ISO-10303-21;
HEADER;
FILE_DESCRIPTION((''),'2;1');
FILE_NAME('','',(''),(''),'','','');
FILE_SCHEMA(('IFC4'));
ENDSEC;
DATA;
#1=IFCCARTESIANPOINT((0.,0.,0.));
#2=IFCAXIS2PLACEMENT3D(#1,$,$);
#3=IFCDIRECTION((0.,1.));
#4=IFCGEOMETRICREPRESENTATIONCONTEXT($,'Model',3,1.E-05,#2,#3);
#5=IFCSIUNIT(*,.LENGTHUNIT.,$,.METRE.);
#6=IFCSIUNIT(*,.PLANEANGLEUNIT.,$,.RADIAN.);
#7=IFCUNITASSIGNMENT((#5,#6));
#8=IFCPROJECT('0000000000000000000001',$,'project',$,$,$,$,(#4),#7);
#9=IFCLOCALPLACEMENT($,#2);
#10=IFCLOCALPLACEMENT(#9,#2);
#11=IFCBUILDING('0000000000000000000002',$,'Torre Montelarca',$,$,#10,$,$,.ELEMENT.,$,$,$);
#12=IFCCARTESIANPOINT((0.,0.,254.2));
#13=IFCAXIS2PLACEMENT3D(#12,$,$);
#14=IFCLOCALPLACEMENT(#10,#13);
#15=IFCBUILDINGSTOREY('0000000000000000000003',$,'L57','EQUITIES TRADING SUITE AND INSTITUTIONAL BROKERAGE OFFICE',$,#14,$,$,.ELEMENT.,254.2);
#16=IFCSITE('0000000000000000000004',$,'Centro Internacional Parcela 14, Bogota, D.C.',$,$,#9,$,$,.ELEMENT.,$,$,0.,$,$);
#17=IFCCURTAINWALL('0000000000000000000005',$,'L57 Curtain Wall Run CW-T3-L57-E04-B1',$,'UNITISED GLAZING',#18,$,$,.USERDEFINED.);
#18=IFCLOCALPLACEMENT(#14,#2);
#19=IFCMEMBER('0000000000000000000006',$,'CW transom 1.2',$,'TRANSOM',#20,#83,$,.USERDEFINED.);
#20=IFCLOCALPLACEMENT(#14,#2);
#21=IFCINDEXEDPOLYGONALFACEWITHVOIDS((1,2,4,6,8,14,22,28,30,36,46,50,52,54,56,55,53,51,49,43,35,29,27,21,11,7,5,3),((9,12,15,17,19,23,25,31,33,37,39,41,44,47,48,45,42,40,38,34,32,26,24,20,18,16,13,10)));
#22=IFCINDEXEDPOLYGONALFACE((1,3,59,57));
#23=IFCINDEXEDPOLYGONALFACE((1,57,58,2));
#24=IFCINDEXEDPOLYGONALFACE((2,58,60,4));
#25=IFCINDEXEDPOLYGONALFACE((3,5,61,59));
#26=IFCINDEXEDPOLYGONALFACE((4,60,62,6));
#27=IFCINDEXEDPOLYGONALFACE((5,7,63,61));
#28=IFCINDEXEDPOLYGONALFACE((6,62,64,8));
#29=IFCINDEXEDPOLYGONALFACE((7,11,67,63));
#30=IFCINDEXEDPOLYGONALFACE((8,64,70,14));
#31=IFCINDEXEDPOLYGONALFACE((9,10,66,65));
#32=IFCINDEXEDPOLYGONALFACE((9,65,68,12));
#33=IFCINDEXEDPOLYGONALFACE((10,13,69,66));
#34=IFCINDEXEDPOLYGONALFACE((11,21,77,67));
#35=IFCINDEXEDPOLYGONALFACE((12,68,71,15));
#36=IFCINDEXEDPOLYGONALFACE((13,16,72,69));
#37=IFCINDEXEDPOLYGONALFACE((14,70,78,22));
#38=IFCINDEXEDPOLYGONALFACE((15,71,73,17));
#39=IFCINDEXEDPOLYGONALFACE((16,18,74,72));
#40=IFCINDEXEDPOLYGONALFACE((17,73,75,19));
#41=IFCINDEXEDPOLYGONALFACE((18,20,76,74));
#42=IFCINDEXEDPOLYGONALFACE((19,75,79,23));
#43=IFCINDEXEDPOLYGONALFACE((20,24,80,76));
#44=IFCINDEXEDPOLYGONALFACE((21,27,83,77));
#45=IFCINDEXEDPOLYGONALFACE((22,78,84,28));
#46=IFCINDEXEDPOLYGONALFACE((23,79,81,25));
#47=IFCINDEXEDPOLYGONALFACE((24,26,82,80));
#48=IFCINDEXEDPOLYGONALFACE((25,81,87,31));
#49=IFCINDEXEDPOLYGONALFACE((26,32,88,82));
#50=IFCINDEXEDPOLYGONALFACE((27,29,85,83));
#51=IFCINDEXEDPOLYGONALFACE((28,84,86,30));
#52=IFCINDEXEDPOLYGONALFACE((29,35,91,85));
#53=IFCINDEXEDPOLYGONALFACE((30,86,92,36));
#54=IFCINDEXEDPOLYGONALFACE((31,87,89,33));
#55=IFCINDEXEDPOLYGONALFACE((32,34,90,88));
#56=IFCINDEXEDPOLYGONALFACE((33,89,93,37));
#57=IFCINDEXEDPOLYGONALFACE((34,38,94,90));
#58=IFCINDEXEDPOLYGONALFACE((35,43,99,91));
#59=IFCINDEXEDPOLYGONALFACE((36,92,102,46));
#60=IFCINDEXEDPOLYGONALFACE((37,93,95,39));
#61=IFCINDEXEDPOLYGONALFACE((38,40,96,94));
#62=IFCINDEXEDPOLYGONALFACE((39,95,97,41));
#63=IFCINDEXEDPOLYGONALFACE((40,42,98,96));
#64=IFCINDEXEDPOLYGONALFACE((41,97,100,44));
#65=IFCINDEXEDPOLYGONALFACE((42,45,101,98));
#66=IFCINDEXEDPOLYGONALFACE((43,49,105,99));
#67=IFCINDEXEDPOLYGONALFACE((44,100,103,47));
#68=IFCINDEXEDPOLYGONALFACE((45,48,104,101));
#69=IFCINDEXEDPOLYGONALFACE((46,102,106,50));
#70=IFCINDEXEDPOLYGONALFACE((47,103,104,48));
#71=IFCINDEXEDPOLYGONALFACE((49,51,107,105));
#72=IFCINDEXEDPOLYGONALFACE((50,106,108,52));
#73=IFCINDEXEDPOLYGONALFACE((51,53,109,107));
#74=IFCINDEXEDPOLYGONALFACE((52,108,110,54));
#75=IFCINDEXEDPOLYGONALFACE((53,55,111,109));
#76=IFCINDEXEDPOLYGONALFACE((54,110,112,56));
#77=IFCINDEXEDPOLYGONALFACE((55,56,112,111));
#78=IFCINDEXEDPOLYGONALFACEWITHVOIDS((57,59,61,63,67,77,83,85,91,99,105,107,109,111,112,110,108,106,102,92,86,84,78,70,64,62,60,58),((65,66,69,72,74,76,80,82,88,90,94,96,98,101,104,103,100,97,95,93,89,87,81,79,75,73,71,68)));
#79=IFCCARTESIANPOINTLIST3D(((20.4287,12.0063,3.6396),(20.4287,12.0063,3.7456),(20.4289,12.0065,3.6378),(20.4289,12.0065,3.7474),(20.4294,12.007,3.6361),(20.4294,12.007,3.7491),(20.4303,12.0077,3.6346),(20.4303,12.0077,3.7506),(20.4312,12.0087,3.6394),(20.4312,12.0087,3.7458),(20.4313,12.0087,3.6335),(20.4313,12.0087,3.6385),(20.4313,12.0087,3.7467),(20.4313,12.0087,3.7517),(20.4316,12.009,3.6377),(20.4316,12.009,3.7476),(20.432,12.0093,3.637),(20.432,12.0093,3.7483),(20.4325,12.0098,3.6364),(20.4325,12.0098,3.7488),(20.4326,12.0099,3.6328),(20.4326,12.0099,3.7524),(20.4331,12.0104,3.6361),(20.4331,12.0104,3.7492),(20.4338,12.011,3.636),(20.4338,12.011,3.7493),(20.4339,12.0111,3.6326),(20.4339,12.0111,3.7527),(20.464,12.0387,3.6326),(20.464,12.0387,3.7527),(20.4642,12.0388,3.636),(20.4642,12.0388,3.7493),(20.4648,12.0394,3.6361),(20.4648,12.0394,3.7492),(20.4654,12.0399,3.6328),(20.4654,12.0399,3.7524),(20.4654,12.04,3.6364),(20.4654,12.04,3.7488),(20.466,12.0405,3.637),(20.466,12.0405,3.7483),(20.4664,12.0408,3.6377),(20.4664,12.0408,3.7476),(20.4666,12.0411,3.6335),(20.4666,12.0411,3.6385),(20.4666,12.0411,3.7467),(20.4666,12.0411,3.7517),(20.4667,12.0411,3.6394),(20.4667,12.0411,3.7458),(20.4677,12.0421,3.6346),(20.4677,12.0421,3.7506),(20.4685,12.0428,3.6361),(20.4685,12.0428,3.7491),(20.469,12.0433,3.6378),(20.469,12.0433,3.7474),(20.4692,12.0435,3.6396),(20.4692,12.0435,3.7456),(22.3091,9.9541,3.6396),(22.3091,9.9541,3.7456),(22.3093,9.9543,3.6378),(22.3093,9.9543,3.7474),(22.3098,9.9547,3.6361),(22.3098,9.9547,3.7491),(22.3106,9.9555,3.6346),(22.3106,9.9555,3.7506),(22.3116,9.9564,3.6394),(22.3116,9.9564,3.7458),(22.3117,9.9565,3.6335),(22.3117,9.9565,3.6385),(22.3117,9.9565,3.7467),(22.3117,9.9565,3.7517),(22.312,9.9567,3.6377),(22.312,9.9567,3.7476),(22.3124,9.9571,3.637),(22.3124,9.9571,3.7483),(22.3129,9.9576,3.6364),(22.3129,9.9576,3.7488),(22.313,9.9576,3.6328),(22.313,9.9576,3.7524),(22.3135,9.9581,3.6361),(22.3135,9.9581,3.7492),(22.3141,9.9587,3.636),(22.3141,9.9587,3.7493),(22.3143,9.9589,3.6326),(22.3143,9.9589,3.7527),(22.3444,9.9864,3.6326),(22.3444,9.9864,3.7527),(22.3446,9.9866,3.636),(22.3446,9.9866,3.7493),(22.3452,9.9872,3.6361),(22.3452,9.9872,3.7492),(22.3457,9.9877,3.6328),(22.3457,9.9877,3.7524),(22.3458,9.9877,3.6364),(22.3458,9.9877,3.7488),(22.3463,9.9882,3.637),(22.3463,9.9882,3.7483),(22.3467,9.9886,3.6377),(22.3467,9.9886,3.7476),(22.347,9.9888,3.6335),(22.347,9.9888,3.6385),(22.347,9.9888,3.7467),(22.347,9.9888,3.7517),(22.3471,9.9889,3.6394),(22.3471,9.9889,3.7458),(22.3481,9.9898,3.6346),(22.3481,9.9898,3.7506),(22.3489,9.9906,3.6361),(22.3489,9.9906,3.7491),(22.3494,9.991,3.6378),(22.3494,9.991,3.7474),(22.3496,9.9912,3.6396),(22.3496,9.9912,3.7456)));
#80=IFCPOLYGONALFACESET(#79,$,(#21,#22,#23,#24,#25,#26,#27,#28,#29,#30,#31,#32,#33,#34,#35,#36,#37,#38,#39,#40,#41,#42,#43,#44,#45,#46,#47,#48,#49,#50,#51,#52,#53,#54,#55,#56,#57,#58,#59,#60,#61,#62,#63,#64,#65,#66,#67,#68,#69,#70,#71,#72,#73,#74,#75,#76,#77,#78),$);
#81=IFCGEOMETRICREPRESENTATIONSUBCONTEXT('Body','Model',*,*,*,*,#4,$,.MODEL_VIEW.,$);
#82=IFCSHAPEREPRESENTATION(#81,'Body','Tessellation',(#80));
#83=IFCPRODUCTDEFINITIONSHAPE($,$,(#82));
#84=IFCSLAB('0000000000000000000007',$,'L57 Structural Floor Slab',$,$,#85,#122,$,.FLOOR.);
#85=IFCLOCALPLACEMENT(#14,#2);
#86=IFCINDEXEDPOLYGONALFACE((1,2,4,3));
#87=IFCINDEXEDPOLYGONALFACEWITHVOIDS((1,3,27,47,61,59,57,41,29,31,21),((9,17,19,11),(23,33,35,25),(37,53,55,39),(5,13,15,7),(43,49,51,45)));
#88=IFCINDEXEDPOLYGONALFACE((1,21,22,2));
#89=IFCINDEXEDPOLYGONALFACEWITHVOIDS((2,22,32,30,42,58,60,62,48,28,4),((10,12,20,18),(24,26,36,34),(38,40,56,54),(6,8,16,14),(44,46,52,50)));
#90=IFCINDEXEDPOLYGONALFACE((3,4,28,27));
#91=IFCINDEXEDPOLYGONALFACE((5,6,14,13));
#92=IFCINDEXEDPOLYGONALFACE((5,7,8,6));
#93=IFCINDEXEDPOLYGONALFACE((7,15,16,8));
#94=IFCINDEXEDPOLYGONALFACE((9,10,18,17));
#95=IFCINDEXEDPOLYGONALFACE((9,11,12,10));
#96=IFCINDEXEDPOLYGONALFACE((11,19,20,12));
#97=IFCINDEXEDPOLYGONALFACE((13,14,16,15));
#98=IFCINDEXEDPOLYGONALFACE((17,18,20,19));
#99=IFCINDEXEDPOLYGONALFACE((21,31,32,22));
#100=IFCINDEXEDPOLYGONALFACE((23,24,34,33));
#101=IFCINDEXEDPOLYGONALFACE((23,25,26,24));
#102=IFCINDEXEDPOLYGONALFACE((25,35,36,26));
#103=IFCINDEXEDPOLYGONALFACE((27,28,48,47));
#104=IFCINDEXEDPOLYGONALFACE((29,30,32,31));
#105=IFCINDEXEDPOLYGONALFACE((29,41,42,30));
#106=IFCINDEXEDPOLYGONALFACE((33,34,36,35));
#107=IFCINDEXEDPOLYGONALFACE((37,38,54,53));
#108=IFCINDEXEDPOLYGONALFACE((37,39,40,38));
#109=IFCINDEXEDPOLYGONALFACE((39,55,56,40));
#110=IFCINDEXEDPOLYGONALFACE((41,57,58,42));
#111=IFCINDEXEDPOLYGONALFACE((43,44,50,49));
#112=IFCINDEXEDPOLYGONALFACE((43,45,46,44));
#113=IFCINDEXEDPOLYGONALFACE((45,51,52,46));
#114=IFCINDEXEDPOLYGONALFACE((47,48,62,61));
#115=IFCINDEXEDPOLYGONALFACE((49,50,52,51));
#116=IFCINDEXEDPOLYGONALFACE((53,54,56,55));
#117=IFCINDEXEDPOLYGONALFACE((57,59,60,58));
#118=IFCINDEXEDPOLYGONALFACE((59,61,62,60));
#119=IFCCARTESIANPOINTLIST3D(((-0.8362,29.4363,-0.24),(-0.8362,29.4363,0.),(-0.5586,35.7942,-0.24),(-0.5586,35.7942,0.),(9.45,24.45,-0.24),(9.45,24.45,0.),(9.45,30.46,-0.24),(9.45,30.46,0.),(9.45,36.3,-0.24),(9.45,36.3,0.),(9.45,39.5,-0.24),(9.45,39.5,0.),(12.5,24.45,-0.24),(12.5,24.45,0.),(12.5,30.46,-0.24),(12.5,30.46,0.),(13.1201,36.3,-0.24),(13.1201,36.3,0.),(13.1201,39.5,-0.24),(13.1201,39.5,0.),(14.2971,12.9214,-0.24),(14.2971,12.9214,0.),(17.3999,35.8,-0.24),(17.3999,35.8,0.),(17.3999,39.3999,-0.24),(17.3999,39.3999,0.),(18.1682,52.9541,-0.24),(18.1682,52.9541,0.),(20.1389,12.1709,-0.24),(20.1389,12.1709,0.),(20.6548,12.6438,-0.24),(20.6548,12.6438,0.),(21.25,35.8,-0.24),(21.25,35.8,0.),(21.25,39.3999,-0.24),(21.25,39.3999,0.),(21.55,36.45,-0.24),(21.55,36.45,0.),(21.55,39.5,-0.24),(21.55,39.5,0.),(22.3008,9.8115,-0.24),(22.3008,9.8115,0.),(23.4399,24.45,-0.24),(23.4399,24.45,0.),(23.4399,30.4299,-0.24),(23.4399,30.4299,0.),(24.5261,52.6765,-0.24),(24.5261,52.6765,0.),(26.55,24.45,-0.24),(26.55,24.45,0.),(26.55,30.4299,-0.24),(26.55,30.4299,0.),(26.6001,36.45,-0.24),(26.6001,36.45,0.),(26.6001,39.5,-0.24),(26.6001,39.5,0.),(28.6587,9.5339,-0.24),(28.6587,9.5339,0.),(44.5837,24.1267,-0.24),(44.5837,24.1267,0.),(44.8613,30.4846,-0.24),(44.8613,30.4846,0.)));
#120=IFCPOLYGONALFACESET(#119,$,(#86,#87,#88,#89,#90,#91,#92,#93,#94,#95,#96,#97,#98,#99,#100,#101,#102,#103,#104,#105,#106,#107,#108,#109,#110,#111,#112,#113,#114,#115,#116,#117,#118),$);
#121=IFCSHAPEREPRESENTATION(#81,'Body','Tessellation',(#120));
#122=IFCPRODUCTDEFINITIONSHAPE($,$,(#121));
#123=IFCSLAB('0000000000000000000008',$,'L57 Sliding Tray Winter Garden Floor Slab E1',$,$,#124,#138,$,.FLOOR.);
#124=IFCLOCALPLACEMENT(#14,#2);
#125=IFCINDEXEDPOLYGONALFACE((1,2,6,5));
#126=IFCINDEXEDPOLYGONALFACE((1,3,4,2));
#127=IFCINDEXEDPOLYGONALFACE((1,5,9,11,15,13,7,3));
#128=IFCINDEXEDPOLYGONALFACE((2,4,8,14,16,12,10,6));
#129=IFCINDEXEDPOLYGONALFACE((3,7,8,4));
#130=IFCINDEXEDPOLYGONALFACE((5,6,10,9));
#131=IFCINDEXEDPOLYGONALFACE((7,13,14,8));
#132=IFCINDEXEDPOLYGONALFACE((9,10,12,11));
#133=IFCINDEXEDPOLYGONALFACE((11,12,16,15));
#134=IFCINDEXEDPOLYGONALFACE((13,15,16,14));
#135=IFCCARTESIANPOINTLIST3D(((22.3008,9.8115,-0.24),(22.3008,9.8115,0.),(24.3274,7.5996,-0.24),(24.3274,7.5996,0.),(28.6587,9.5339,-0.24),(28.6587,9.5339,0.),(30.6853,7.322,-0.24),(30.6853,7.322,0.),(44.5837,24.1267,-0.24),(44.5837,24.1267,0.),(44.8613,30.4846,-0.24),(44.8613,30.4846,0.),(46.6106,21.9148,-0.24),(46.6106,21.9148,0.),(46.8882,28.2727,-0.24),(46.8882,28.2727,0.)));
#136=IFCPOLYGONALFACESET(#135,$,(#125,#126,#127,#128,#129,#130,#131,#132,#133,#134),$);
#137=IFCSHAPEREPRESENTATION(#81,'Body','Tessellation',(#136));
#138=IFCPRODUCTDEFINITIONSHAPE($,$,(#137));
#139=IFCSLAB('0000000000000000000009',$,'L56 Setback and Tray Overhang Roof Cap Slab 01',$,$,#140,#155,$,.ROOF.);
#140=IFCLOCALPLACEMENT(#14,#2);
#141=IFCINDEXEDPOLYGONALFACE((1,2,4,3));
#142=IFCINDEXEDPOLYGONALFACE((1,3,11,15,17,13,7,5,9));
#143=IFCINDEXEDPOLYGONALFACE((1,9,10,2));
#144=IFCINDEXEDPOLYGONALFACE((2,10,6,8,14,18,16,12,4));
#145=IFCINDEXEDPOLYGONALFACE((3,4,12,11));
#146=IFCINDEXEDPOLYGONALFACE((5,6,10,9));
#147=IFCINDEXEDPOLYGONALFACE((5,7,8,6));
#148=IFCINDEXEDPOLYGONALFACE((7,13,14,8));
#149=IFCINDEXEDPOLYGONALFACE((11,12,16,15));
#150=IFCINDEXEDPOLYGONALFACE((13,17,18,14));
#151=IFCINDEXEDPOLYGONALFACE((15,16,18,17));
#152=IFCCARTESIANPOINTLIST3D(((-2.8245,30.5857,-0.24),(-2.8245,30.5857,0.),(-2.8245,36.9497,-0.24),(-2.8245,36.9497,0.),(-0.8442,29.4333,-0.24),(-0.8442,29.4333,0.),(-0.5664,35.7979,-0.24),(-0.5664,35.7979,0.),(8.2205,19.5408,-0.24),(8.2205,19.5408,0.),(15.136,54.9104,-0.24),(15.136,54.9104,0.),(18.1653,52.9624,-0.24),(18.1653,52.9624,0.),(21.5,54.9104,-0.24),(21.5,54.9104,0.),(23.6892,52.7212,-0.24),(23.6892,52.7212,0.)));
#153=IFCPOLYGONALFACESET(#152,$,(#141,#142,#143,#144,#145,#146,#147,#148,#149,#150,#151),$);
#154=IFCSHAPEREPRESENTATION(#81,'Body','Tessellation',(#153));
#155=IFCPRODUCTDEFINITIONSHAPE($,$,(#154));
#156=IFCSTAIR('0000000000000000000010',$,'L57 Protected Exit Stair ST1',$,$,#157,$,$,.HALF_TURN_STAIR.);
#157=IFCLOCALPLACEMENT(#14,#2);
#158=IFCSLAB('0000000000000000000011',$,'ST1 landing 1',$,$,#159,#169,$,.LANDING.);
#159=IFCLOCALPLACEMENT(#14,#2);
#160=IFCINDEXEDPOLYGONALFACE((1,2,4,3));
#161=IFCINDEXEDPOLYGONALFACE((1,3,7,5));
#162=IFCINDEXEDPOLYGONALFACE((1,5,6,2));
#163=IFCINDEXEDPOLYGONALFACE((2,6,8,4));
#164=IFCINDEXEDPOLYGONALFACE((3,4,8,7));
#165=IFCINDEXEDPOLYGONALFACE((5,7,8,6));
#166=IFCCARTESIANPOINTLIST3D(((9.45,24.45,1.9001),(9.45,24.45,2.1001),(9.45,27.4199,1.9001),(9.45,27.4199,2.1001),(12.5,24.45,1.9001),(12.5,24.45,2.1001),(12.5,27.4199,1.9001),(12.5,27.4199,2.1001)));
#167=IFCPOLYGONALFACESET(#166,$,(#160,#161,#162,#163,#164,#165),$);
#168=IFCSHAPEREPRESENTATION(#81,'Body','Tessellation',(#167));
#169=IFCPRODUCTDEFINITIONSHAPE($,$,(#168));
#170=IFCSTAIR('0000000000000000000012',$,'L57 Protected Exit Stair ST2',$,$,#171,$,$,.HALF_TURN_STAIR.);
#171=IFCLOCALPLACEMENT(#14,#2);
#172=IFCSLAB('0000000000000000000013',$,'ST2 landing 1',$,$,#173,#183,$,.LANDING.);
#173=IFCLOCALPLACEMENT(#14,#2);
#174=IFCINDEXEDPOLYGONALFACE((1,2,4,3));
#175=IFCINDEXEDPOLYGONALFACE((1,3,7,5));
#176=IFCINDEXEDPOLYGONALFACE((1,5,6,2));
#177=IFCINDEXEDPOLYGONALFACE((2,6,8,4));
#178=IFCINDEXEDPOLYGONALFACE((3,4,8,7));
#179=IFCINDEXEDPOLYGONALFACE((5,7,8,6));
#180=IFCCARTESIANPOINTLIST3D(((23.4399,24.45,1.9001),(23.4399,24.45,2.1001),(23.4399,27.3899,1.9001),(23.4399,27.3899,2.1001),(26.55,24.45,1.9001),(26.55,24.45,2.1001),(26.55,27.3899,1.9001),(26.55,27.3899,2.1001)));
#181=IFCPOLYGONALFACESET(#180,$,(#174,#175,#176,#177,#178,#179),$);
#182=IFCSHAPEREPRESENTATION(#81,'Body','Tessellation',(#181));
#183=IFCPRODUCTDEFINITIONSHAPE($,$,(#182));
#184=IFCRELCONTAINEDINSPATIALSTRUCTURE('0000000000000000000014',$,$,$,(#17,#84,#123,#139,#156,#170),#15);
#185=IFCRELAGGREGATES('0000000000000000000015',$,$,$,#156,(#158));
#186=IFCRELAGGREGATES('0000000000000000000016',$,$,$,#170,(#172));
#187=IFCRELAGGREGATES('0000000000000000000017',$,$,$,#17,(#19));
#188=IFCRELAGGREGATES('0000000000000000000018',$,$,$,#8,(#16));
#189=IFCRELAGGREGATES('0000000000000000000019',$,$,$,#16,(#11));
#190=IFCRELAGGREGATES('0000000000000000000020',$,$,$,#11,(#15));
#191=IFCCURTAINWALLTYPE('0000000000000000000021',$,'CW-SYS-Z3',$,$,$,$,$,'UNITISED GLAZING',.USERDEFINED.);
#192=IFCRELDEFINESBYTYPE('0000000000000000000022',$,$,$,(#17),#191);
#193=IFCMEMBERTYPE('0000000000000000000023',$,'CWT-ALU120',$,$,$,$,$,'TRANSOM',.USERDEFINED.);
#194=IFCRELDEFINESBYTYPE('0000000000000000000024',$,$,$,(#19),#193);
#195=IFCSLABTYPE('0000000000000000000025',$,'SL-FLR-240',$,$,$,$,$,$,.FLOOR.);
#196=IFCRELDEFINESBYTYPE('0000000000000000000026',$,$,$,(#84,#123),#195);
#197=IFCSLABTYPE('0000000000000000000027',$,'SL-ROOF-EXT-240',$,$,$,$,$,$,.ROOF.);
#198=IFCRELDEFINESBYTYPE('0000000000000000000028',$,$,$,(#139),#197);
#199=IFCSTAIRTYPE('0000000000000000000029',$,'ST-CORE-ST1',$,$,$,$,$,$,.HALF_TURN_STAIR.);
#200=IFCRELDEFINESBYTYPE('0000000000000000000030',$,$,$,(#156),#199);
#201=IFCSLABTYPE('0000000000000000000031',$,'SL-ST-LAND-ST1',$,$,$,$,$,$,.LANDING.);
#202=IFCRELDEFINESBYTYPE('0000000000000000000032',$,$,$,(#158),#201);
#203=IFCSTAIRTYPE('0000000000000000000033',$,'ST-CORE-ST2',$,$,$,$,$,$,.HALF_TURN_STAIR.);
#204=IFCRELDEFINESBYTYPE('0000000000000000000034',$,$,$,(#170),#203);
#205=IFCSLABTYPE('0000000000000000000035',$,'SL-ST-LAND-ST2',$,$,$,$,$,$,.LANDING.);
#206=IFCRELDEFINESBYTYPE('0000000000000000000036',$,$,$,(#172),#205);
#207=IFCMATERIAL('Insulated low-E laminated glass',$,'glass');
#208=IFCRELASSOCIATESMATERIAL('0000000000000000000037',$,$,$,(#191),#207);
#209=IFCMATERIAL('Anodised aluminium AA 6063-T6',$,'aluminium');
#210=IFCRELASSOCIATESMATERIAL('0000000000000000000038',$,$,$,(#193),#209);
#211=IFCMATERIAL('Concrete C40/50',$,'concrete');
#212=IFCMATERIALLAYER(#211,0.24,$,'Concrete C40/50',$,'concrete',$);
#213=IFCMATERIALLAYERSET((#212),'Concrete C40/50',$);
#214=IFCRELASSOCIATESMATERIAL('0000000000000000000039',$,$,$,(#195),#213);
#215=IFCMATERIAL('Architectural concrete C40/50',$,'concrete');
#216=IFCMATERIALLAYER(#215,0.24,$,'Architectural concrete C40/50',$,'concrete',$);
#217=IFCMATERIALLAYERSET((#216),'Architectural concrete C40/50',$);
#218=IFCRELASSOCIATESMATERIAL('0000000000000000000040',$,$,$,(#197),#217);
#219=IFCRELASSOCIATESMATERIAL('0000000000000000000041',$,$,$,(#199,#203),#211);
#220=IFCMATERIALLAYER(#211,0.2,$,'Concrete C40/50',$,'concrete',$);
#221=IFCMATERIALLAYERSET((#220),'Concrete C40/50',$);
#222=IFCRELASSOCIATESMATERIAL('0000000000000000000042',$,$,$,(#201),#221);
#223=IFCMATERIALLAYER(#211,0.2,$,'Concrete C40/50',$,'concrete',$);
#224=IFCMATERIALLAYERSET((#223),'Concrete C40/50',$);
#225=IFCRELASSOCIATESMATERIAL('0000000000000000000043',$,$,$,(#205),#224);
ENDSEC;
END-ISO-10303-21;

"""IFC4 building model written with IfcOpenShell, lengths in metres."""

from ifc_helpers import new_model, si_unit, direction, frame, origin, origin_2d, place, context, subcontext, project, spatial, polyline, hollow_rectangle, outline, extrude, source, transform, mapped, material, layer, layer_set, material_profile, profile_set, type_object, element, aggregate, save


model = new_model("IFC4")

# Units and contexts
model_context = context("Model", 3, precision=1e-05, world=origin(), true_north=direction((0.0, 1.0)))
body_context = subcontext(model_context, "Body", "Model", "MODEL_VIEW")
ifc_project = project(units=[si_unit("LENGTHUNIT", "METRE"), si_unit("PLANEANGLEUNIT", "RADIAN")], contexts=[model_context])

# Site, building, storey
site_placement = place(None, origin())
site = spatial("IfcSite", under=ifc_project, at=site_placement, Name="Centro Internacional Parcela 14, Bogota, D.C.", CompositionType="ELEMENT", RefElevation=0.0)
building_placement = place(site_placement, origin())
building = spatial("IfcBuilding", under=site, at=building_placement, Name="Torre Montelarca", CompositionType="ELEMENT")
storey_placement = place(building_placement, frame((0.0, 0.0, 254.2)))
storey = spatial("IfcBuildingStorey", under=building, at=storey_placement, Name="L57", Description="EQUITIES TRADING SUITE AND INSTITUTIONAL BROKERAGE OFFICE", CompositionType="ELEMENT", Elevation=254.2)

# Shared definitions
ifc_material_1 = material(Name="Insulated low-E laminated glass", Category="glass")
curtain_wall_type = type_object("IfcCurtainWallType", Name="CW-SYS-Z3", ElementType="UNITISED GLAZING", PredefinedType="USERDEFINED", material=ifc_material_1)
ifc_material_2 = material(Name="Anodised aluminium AA 6063-T6", Category="aluminium")
ifc_material_profile_1 = material_profile(ifc_material_2, hollow_rectangle(XDim=0.0549, YDim=0.1201, WallThickness=0.0034, InnerFilletRadius=0.0034, OuterFilletRadius=0.0071, at=origin_2d()), Name="ALU55X120X3.5", Category="aluminium")
ifc_profile_set_1 = profile_set([ifc_material_profile_1], Name="Anodised aluminium AA 6063-T6")
member_type_1 = type_object("IfcMemberType", Name="CWT-ALU120", ElementType="TRANSOM", PredefinedType="USERDEFINED", material=ifc_profile_set_1)

# Curtain wall
curtain_wall_1_placement = place(storey_placement, origin())
curtain_wall_1 = element("IfcCurtainWall", 1, at=curtain_wall_1_placement, inside=storey, type_object=curtain_wall_type, Name="L57 Curtain Wall Run CW-T3-L57-E04-B1", ObjectType="UNITISED GLAZING", PredefinedType="USERDEFINED")

# Member
shared_shape_1 = source(origin(), body_context, "Body", "SweptSolid", [
    extrude(hollow_rectangle(XDim=0.0549, YDim=0.1201, WallThickness=0.0034, InnerFilletRadius=0.0034, OuterFilletRadius=0.0071, at=origin_2d()), origin(), (0.0, 0.0, 1.0), 2.7834),
])
member_1_placement = place(storey_placement, frame((20.449, 12.0249, 3.6926), z_axis=(0.675558, -0.737307, 0.0), x_axis=(0.737307, 0.675558, 0.0)))
member_1 = element("IfcMember", 2, at=member_1_placement, type_object=member_type_1, Name="CW transom 1.2", ObjectType="TRANSOM", PredefinedType="USERDEFINED", context=body_context, shape_type="MappedRepresentation", body=[
    mapped(shared_shape_1, transform((0.0, 0.0, 0.0), scale=1.0)),
])

# Slabs
ifc_material_3 = material(Name="Concrete C40/50", Category="concrete")
ifc_layer_1 = layer(ifc_material_3, 0.24, Name="Concrete C40/50", Category="concrete")
ifc_layer_set_1 = layer_set([ifc_layer_1], Name="Concrete C40/50")
slab_type_1 = type_object("IfcSlabType", Name="SL-FLR-240", PredefinedType="FLOOR", material=ifc_layer_set_1)
slab_1_placement = place(storey_placement, frame((0.0, 0.0, -0.24)))
element("IfcSlab", 3, at=slab_1_placement, inside=storey, type_object=slab_type_1, Name="L57 Structural Floor Slab", PredefinedType="FLOOR", context=body_context, shape_type="SweptSolid", body=[
    extrude(outline(polyline([(14.2971, 12.9214), (20.6548, 12.6438), (20.1389, 12.1709), (22.3008, 9.8115), (28.6587, 9.5339), (44.5837, 24.1267), (44.8613, 30.4846), (24.5261, 52.6765), (18.1682, 52.9541), (-0.5586, 35.7942), (-0.8362, 29.4363), (14.2971, 12.9214)]), holes=[polyline([(26.55, 24.45), (23.4399, 24.45), (23.4399, 30.4299), (26.55, 30.4299), (26.55, 24.45)]), polyline([(12.5, 24.45), (9.45, 24.45), (9.45, 30.46), (12.5, 30.46), (12.5, 24.45)]), polyline([(21.25, 39.3999), (21.25, 35.8), (17.3999, 35.8), (17.3999, 39.3999), (21.25, 39.3999)]), polyline([(13.1201, 36.3), (9.45, 36.3), (9.45, 39.5), (13.1201, 39.5), (13.1201, 36.3)]), polyline([(26.6001, 36.45), (21.55, 36.45), (21.55, 39.5), (26.6001, 39.5), (26.6001, 36.45)])]), origin(), (0.0, 0.0, 1.0), 0.24),
])
slab_2_placement = place(storey_placement, frame((0.0, 0.0, -0.24)))
element("IfcSlab", 4, at=slab_2_placement, inside=storey, type_object=slab_type_1, Name="L57 Sliding Tray Winter Garden Floor Slab E1", PredefinedType="FLOOR", context=body_context, shape_type="SweptSolid", body=[
    extrude(outline(polyline([(44.8613, 30.4846), (44.5837, 24.1267), (28.6587, 9.5339), (22.3008, 9.8115), (24.3274, 7.5996), (30.6853, 7.322), (46.6106, 21.9148), (46.8882, 28.2727), (44.8613, 30.4846)])), origin(), (0.0, 0.0, 1.0), 0.24),
])
ifc_material_4 = material(Name="Architectural concrete C40/50", Category="concrete")
ifc_layer_2 = layer(ifc_material_4, 0.24, Name="Architectural concrete C40/50", Category="concrete")
ifc_layer_set_2 = layer_set([ifc_layer_2], Name="Architectural concrete C40/50")
slab_type_2 = type_object("IfcSlabType", Name="SL-ROOF-EXT-240", PredefinedType="ROOF", material=ifc_layer_set_2)
slab_3_placement = place(storey_placement, frame((0.0, 0.0, -0.24)))
element("IfcSlab", 5, at=slab_3_placement, inside=storey, type_object=slab_type_2, Name="L56 Setback and Tray Overhang Roof Cap Slab 01", PredefinedType="ROOF", context=body_context, shape_type="SweptSolid", body=[
    extrude(outline(polyline([(-0.8442, 29.4333), (-0.5664, 35.7979), (18.1653, 52.9624), (23.6892, 52.7212), (21.5, 54.9104), (15.136, 54.9104), (-2.8245, 36.9497), (-2.8245, 30.5857), (8.2205, 19.5408), (-0.8442, 29.4333)])), origin(), (0.0, 0.0, 1.0), 0.24),
])

# Stairs, slabs
stair_type_1 = type_object("IfcStairType", Name="ST-CORE-ST1", PredefinedType="HALF_TURN_STAIR", material=ifc_material_3)
stair_1_placement = place(storey_placement, origin())
stair_1 = element("IfcStair", 6, at=stair_1_placement, inside=storey, type_object=stair_type_1, Name="L57 Protected Exit Stair ST1", PredefinedType="HALF_TURN_STAIR")
ifc_layer_3 = layer(ifc_material_3, 0.2, Name="Concrete C40/50", Category="concrete")
ifc_layer_set_3 = layer_set([ifc_layer_3], Name="Concrete C40/50")
slab_type_3 = type_object("IfcSlabType", Name="SL-ST-LAND-ST1", PredefinedType="LANDING", material=ifc_layer_set_3)
slab_4_placement = place(storey_placement, frame((0.0, 0.0, 1.9001)))
slab_4 = element("IfcSlab", 7, at=slab_4_placement, type_object=slab_type_3, Name="ST1 landing 1", PredefinedType="LANDING", context=body_context, shape_type="SweptSolid", body=[
    extrude(outline(polyline([(9.45, 27.4199), (9.45, 24.45), (12.5, 24.45), (12.5, 27.4199), (9.45, 27.4199)])), origin(), (0.0, 0.0, 1.0), 0.2),
])
aggregate(stair_1, [slab_4])
stair_type_2 = type_object("IfcStairType", Name="ST-CORE-ST2", PredefinedType="HALF_TURN_STAIR", material=ifc_material_3)
stair_2_placement = place(storey_placement, origin())
stair_2 = element("IfcStair", 8, at=stair_2_placement, inside=storey, type_object=stair_type_2, Name="L57 Protected Exit Stair ST2", PredefinedType="HALF_TURN_STAIR")
ifc_layer_4 = layer(ifc_material_3, 0.2, Name="Concrete C40/50", Category="concrete")
ifc_layer_set_4 = layer_set([ifc_layer_4], Name="Concrete C40/50")
slab_type_4 = type_object("IfcSlabType", Name="SL-ST-LAND-ST2", PredefinedType="LANDING", material=ifc_layer_set_4)
slab_5_placement = place(storey_placement, frame((0.0, 0.0, 1.9001)))
slab_5 = element("IfcSlab", 9, at=slab_5_placement, type_object=slab_type_4, Name="ST2 landing 1", PredefinedType="LANDING", context=body_context, shape_type="SweptSolid", body=[
    extrude(outline(polyline([(23.4399, 27.3899), (23.4399, 24.45), (26.55, 24.45), (26.55, 27.3899), (23.4399, 27.3899)])), origin(), (0.0, 0.0, 1.0), 0.2),
])
aggregate(stair_2, [slab_5])

aggregate(curtain_wall_1, [member_1])

save(model, "model.ifc")
